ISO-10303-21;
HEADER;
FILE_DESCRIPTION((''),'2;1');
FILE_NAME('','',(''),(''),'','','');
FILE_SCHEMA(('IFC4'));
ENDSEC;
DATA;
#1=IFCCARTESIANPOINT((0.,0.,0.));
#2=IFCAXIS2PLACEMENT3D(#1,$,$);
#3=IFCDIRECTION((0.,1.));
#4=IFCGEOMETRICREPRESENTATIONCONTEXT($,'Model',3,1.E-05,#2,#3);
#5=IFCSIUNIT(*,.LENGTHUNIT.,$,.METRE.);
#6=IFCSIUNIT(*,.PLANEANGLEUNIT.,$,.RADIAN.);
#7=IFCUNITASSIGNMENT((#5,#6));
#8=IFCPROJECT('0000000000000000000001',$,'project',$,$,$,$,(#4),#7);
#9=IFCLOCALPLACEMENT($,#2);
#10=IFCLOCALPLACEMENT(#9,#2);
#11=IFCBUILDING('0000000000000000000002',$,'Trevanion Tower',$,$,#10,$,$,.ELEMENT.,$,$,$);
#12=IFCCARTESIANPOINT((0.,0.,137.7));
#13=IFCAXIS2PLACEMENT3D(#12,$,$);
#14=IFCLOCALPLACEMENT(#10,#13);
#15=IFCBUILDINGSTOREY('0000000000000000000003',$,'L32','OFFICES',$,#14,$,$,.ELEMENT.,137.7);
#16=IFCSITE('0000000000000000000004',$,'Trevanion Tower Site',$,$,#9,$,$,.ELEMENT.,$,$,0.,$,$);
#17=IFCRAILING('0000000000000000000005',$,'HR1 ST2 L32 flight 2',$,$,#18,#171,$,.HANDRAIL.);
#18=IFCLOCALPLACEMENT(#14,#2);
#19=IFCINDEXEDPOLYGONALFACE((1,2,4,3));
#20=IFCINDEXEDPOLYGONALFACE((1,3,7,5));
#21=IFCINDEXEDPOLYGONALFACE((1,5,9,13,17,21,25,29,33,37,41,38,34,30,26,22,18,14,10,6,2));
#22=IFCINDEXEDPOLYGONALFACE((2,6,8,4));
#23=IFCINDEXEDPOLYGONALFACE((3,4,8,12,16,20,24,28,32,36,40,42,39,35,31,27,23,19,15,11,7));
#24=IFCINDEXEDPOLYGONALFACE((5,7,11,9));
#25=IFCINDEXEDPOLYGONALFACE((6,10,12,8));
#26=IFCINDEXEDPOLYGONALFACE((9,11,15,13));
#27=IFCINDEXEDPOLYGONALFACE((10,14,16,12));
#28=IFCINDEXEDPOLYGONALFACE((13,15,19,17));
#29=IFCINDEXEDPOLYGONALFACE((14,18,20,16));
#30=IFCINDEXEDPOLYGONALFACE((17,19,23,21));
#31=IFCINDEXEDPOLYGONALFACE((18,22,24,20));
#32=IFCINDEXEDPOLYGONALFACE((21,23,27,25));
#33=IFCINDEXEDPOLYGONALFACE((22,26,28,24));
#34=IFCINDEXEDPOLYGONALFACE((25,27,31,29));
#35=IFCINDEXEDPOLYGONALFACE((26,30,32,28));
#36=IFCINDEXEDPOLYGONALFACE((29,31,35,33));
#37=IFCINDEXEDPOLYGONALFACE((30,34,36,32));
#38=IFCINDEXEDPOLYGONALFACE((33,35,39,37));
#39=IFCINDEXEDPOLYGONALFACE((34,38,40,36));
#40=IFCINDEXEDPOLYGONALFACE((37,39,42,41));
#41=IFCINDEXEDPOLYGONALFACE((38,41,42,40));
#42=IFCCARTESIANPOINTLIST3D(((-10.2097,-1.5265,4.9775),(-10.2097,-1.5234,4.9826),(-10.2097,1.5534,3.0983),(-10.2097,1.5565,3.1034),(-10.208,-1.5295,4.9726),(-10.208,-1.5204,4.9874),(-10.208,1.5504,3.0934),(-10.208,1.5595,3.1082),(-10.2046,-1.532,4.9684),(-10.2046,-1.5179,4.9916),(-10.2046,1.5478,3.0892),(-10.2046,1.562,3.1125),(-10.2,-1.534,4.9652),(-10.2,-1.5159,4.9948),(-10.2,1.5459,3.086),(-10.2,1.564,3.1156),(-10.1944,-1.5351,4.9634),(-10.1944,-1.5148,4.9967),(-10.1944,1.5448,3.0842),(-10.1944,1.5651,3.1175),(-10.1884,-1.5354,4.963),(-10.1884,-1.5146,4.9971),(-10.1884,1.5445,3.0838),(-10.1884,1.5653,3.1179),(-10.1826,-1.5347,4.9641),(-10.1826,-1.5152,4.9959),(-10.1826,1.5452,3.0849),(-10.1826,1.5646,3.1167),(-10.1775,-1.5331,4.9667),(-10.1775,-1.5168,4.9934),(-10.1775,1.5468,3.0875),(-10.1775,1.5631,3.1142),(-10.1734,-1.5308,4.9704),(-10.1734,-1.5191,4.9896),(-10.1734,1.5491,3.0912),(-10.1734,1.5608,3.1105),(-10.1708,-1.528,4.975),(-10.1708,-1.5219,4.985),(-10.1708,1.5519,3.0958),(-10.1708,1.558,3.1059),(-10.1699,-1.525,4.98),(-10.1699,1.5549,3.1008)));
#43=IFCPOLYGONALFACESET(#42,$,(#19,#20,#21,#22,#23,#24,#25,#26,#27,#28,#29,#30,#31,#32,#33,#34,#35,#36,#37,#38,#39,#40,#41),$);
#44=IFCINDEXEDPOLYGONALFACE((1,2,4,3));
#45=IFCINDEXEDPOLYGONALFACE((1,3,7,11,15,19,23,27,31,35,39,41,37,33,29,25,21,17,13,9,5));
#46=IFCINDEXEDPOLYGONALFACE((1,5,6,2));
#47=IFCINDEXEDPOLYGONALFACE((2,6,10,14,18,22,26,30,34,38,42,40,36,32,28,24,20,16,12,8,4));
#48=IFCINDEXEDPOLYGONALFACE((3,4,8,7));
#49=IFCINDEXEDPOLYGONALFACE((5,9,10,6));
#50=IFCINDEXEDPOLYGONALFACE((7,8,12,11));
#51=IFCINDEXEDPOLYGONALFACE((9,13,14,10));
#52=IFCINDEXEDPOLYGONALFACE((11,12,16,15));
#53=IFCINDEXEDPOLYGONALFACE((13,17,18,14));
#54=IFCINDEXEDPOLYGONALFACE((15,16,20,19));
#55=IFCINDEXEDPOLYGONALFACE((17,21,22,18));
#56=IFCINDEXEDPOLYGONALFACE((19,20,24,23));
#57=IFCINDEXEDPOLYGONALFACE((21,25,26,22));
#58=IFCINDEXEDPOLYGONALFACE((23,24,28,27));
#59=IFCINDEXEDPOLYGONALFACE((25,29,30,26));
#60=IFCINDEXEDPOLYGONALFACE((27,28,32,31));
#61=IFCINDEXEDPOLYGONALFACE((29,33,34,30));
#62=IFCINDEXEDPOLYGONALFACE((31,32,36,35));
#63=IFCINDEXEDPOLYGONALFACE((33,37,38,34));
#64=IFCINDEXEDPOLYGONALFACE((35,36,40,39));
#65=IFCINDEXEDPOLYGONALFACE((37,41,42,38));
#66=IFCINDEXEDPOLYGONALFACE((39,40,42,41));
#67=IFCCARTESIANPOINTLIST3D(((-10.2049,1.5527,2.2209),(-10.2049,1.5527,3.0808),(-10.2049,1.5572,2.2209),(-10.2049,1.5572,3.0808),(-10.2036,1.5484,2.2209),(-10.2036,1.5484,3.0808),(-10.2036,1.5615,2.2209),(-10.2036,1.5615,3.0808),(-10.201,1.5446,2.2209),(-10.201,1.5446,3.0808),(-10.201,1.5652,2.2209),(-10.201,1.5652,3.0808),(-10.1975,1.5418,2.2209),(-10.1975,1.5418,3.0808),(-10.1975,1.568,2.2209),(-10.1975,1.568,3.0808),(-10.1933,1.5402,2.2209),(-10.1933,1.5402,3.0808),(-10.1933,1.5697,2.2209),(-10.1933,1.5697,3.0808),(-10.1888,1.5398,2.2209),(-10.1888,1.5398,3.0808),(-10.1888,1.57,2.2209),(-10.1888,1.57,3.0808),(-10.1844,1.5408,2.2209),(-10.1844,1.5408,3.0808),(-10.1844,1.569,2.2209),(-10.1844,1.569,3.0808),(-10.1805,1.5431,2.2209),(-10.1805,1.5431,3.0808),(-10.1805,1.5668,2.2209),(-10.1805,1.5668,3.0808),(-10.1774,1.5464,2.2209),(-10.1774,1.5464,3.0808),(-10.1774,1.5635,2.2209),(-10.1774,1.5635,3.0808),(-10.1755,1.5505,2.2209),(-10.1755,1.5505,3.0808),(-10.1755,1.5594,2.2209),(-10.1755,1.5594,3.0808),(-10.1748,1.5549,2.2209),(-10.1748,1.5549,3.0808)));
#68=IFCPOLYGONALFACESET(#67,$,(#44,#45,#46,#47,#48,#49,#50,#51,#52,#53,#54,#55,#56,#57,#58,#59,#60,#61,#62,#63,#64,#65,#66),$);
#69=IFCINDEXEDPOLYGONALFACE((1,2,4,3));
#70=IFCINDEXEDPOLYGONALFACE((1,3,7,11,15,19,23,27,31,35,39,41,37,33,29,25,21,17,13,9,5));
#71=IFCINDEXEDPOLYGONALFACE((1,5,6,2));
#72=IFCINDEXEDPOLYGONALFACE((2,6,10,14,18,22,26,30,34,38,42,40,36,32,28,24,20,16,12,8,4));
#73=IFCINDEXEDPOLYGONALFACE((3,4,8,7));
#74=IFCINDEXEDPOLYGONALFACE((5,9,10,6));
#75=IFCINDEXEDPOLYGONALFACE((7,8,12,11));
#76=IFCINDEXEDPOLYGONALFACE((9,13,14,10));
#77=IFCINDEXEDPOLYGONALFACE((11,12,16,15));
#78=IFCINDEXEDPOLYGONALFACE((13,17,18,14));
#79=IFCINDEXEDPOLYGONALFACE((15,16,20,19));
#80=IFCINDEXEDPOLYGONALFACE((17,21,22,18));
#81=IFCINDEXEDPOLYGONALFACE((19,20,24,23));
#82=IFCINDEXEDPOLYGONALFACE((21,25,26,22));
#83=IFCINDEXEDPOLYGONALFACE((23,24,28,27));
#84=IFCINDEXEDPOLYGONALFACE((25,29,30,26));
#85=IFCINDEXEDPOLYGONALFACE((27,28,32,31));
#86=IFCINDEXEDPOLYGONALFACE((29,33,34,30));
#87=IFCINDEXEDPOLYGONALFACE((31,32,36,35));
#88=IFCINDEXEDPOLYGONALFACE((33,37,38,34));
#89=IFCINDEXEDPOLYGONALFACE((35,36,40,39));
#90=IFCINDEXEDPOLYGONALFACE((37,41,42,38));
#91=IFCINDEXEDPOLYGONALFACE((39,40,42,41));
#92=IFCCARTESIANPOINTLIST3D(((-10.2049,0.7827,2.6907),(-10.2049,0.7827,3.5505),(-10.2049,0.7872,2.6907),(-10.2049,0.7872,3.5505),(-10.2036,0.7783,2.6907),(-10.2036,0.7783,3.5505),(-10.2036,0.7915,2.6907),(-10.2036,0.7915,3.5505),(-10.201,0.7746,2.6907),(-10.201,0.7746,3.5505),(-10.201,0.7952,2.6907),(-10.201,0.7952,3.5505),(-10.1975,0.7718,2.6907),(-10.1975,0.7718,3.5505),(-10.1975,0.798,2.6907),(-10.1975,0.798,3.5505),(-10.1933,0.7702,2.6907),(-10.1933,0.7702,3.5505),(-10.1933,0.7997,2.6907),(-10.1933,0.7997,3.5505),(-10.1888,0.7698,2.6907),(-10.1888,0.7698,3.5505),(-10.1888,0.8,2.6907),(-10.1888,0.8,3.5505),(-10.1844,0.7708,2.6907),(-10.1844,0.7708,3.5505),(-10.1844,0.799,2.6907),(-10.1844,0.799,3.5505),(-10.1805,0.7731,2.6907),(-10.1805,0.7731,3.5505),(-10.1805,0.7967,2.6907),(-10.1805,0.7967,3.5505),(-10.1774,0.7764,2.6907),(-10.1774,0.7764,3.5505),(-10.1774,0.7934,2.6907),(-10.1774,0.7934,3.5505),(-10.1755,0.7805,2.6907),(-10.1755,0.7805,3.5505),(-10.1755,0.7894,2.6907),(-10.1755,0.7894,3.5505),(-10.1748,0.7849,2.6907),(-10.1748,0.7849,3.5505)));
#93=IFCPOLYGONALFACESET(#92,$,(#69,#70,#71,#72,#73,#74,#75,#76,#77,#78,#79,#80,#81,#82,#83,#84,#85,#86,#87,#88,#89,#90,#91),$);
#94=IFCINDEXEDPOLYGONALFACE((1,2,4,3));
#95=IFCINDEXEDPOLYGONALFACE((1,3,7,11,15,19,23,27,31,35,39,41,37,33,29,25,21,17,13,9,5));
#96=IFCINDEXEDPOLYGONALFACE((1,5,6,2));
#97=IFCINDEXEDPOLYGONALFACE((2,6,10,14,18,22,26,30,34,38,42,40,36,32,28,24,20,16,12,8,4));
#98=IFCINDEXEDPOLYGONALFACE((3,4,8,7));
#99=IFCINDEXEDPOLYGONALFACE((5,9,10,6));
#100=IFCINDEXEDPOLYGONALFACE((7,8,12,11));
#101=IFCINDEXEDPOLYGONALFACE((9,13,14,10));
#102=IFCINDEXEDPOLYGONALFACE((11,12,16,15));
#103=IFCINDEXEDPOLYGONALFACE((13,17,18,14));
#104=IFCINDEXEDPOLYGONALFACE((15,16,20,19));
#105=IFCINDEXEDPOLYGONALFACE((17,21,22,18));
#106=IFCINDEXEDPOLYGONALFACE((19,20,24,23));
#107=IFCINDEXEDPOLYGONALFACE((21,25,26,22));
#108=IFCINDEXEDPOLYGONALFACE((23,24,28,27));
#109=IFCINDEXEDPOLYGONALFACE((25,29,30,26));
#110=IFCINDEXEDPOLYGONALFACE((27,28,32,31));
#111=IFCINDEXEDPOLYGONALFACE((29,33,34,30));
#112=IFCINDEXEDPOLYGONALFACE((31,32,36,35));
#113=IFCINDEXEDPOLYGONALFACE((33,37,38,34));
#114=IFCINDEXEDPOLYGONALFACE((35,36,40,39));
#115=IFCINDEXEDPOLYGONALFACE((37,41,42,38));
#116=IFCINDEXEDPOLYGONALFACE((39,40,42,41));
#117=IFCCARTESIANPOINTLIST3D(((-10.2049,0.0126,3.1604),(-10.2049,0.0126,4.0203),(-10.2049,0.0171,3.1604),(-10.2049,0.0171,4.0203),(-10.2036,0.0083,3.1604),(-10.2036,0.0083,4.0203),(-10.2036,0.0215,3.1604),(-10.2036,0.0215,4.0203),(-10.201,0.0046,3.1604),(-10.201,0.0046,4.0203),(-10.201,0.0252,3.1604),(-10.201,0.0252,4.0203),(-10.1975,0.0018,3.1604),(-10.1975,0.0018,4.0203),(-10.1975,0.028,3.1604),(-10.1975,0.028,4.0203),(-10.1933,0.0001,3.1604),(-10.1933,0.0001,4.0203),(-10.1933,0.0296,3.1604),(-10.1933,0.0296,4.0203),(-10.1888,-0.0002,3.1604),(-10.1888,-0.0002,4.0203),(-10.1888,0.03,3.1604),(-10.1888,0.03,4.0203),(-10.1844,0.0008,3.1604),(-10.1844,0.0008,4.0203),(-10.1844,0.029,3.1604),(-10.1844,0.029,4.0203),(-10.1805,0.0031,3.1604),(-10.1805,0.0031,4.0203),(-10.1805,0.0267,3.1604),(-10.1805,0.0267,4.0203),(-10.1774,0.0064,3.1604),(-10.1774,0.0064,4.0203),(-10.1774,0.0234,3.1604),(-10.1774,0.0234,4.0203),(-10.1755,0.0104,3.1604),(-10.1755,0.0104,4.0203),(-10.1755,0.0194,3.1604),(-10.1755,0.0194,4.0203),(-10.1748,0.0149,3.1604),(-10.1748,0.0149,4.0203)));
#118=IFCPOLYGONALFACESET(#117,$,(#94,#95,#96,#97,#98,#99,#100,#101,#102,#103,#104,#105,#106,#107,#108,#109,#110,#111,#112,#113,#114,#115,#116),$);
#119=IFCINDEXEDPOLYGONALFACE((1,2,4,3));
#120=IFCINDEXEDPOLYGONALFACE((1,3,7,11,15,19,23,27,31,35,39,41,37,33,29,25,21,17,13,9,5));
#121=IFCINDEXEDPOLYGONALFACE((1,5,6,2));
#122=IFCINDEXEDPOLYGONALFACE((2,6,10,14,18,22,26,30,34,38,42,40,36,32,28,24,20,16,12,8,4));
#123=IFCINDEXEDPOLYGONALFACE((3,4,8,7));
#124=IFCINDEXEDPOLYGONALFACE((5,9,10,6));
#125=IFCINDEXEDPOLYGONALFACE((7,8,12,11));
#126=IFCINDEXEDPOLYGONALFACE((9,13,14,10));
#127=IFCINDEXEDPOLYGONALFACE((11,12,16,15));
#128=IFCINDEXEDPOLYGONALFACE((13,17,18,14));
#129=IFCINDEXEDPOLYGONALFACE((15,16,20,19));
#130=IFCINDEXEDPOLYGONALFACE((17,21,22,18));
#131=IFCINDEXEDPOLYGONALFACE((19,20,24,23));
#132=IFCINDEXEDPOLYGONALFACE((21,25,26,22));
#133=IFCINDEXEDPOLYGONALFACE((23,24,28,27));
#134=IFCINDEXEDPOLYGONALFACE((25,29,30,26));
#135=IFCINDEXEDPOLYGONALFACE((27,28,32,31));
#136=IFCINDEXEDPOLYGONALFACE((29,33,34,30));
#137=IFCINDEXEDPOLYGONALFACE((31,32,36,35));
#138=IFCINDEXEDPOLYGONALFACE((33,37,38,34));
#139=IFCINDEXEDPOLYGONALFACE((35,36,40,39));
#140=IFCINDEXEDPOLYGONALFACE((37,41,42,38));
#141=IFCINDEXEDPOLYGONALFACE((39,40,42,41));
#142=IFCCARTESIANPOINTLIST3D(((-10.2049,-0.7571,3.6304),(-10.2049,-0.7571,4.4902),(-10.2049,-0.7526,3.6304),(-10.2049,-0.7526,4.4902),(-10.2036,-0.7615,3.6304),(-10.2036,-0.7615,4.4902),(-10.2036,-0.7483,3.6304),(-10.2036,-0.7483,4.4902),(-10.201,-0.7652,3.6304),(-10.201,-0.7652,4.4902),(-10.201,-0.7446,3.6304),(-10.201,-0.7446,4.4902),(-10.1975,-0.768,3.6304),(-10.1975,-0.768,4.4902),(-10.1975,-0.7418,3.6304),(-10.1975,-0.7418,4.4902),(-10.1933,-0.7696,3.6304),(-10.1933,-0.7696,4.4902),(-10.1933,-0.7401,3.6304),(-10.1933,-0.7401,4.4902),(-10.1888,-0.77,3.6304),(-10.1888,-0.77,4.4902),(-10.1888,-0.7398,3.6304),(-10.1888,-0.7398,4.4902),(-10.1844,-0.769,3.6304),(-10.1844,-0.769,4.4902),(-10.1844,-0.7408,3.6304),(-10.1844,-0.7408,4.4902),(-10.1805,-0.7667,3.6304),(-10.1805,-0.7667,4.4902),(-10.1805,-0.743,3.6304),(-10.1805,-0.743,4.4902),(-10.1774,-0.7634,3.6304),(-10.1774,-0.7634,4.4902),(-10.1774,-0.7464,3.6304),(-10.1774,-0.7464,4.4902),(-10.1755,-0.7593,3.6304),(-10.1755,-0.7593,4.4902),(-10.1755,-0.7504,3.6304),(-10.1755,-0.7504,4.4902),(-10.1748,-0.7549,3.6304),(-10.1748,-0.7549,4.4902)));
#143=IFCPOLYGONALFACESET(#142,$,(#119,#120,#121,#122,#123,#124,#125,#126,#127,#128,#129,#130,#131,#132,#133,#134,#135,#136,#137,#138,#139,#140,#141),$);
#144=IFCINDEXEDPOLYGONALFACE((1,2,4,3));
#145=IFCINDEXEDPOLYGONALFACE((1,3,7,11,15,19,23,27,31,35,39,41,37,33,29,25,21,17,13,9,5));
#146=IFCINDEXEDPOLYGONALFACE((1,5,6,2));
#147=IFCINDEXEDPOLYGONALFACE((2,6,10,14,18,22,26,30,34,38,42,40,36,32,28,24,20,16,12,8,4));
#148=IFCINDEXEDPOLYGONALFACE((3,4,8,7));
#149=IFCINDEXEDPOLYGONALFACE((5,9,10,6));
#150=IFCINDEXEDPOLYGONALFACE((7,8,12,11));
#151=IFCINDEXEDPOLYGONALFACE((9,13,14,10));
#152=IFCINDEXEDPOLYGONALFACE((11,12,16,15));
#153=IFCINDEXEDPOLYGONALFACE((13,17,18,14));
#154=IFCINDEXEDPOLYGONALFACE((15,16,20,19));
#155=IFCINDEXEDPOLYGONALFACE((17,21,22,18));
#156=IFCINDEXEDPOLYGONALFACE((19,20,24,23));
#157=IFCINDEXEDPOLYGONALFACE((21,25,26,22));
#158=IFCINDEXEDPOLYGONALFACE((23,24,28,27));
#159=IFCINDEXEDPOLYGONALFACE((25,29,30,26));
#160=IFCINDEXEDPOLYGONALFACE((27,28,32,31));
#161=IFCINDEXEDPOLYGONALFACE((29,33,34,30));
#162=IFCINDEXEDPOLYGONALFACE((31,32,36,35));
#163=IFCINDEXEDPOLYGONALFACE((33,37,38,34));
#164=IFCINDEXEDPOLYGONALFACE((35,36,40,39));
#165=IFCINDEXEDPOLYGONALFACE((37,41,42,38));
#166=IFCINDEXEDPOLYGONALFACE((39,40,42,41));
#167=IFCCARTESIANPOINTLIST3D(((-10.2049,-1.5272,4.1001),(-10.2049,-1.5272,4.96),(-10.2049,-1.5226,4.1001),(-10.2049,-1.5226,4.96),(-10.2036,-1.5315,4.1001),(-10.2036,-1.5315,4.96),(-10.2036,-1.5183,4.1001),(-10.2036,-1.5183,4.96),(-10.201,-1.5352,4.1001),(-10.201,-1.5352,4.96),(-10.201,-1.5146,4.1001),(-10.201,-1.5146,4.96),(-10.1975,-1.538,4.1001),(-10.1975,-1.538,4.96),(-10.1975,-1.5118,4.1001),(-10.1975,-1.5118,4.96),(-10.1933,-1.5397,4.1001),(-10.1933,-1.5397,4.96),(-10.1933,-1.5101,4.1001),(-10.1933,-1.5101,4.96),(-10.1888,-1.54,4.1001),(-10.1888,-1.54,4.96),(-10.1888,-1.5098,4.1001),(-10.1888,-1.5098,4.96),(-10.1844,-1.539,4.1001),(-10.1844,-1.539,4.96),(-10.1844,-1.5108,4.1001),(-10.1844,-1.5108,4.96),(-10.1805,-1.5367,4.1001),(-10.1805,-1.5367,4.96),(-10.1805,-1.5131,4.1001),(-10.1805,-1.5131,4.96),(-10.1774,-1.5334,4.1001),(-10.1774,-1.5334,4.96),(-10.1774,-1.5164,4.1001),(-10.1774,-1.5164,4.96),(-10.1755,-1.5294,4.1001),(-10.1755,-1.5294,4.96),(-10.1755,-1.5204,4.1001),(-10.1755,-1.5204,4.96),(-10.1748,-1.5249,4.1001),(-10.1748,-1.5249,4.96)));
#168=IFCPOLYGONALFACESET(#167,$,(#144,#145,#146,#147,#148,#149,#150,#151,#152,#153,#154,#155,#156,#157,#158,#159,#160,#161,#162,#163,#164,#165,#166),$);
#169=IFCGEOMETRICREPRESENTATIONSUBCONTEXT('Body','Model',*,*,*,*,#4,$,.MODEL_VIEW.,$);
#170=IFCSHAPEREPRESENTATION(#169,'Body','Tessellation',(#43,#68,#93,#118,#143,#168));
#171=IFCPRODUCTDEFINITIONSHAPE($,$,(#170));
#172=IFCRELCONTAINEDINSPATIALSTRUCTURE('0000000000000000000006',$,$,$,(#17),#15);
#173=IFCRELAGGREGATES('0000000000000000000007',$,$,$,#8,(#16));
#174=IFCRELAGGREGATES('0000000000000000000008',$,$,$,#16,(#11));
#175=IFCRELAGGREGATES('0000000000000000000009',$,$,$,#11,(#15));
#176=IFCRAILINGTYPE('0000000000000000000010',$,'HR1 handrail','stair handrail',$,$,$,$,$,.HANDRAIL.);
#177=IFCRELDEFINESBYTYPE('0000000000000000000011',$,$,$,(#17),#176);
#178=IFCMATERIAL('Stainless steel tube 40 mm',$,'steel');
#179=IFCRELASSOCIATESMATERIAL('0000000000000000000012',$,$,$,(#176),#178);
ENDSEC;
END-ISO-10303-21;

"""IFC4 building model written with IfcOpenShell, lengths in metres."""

from ifc_helpers import new_model, si_unit, direction, frame, origin, origin_2d, place, context, subcontext, project, spatial, circle, extrude, material, type_object, element, save


model = new_model("IFC4")

# Units and contexts
model_context = context("Model", 3, precision=1e-05, world=origin(), true_north=direction((0.0, 1.0)))
body_context = subcontext(model_context, "Body", "Model", "MODEL_VIEW")
ifc_project = project(units=[si_unit("LENGTHUNIT", "METRE"), si_unit("PLANEANGLEUNIT", "RADIAN")], contexts=[model_context])

# Site, building, storey
site_placement = place(None, origin())
site = spatial("IfcSite", under=ifc_project, at=site_placement, Name="Trevanion Tower Site", CompositionType="ELEMENT", RefElevation=0.0)
building_placement = place(site_placement, origin())
building = spatial("IfcBuilding", under=site, at=building_placement, Name="Trevanion Tower", CompositionType="ELEMENT")
storey_placement = place(building_placement, frame((0.0, 0.0, 137.7)))
storey = spatial("IfcBuildingStorey", under=building, at=storey_placement, Name="L32", Description="OFFICES", CompositionType="ELEMENT", Elevation=137.7)

# Railing
ifc_material_1 = material(Name="Stainless steel tube 40 mm", Category="steel")
railing_type = type_object("IfcRailingType", Name="HR1 handrail", Description="stair handrail", PredefinedType="HANDRAIL", material=ifc_material_1)
for number, where, name in (
    (1, (-10.1899, 1.5549, 2.2209), "HR1 ST2 L32 flight 2"),
):
    element("IfcRailing", number, at=place(storey_placement, frame(where)), inside=storey, type_object=railing_type, Name=name, PredefinedType="HANDRAIL", context=body_context, shape_type="SweptSolid", body=[
        extrude(circle(Radius=0.02, at=origin_2d()), frame((0.0, 0.0, 0.8799), z_axis=(0.0, -0.853648, 0.52085), x_axis=(1.0, 0.0, 0.0)), (0.0, 0.0, 1.0), 3.6079),
        extrude(circle(Radius=0.0151, at=origin_2d()), origin(), (0.0, 0.0, 1.0), 0.8599),
        extrude(circle(Radius=0.0151, at=origin_2d()), frame((0.0, -0.77, 0.4697)), (0.0, 0.0, 1.0), 0.8599),
        extrude(circle(Radius=0.0151, at=origin_2d()), frame((0.0, -1.54, 0.9395)), (0.0, 0.0, 1.0), 0.8599),
        extrude(circle(Radius=0.0151, at=origin_2d()), frame((0.0, -2.3098, 1.4094)), (0.0, 0.0, 1.0), 0.8599),
        extrude(circle(Radius=0.0151, at=origin_2d()), frame((0.0, -3.0798, 1.8792)), (0.0, 0.0, 1.0), 0.8599),
    ])

save(model, "model.ifc")
